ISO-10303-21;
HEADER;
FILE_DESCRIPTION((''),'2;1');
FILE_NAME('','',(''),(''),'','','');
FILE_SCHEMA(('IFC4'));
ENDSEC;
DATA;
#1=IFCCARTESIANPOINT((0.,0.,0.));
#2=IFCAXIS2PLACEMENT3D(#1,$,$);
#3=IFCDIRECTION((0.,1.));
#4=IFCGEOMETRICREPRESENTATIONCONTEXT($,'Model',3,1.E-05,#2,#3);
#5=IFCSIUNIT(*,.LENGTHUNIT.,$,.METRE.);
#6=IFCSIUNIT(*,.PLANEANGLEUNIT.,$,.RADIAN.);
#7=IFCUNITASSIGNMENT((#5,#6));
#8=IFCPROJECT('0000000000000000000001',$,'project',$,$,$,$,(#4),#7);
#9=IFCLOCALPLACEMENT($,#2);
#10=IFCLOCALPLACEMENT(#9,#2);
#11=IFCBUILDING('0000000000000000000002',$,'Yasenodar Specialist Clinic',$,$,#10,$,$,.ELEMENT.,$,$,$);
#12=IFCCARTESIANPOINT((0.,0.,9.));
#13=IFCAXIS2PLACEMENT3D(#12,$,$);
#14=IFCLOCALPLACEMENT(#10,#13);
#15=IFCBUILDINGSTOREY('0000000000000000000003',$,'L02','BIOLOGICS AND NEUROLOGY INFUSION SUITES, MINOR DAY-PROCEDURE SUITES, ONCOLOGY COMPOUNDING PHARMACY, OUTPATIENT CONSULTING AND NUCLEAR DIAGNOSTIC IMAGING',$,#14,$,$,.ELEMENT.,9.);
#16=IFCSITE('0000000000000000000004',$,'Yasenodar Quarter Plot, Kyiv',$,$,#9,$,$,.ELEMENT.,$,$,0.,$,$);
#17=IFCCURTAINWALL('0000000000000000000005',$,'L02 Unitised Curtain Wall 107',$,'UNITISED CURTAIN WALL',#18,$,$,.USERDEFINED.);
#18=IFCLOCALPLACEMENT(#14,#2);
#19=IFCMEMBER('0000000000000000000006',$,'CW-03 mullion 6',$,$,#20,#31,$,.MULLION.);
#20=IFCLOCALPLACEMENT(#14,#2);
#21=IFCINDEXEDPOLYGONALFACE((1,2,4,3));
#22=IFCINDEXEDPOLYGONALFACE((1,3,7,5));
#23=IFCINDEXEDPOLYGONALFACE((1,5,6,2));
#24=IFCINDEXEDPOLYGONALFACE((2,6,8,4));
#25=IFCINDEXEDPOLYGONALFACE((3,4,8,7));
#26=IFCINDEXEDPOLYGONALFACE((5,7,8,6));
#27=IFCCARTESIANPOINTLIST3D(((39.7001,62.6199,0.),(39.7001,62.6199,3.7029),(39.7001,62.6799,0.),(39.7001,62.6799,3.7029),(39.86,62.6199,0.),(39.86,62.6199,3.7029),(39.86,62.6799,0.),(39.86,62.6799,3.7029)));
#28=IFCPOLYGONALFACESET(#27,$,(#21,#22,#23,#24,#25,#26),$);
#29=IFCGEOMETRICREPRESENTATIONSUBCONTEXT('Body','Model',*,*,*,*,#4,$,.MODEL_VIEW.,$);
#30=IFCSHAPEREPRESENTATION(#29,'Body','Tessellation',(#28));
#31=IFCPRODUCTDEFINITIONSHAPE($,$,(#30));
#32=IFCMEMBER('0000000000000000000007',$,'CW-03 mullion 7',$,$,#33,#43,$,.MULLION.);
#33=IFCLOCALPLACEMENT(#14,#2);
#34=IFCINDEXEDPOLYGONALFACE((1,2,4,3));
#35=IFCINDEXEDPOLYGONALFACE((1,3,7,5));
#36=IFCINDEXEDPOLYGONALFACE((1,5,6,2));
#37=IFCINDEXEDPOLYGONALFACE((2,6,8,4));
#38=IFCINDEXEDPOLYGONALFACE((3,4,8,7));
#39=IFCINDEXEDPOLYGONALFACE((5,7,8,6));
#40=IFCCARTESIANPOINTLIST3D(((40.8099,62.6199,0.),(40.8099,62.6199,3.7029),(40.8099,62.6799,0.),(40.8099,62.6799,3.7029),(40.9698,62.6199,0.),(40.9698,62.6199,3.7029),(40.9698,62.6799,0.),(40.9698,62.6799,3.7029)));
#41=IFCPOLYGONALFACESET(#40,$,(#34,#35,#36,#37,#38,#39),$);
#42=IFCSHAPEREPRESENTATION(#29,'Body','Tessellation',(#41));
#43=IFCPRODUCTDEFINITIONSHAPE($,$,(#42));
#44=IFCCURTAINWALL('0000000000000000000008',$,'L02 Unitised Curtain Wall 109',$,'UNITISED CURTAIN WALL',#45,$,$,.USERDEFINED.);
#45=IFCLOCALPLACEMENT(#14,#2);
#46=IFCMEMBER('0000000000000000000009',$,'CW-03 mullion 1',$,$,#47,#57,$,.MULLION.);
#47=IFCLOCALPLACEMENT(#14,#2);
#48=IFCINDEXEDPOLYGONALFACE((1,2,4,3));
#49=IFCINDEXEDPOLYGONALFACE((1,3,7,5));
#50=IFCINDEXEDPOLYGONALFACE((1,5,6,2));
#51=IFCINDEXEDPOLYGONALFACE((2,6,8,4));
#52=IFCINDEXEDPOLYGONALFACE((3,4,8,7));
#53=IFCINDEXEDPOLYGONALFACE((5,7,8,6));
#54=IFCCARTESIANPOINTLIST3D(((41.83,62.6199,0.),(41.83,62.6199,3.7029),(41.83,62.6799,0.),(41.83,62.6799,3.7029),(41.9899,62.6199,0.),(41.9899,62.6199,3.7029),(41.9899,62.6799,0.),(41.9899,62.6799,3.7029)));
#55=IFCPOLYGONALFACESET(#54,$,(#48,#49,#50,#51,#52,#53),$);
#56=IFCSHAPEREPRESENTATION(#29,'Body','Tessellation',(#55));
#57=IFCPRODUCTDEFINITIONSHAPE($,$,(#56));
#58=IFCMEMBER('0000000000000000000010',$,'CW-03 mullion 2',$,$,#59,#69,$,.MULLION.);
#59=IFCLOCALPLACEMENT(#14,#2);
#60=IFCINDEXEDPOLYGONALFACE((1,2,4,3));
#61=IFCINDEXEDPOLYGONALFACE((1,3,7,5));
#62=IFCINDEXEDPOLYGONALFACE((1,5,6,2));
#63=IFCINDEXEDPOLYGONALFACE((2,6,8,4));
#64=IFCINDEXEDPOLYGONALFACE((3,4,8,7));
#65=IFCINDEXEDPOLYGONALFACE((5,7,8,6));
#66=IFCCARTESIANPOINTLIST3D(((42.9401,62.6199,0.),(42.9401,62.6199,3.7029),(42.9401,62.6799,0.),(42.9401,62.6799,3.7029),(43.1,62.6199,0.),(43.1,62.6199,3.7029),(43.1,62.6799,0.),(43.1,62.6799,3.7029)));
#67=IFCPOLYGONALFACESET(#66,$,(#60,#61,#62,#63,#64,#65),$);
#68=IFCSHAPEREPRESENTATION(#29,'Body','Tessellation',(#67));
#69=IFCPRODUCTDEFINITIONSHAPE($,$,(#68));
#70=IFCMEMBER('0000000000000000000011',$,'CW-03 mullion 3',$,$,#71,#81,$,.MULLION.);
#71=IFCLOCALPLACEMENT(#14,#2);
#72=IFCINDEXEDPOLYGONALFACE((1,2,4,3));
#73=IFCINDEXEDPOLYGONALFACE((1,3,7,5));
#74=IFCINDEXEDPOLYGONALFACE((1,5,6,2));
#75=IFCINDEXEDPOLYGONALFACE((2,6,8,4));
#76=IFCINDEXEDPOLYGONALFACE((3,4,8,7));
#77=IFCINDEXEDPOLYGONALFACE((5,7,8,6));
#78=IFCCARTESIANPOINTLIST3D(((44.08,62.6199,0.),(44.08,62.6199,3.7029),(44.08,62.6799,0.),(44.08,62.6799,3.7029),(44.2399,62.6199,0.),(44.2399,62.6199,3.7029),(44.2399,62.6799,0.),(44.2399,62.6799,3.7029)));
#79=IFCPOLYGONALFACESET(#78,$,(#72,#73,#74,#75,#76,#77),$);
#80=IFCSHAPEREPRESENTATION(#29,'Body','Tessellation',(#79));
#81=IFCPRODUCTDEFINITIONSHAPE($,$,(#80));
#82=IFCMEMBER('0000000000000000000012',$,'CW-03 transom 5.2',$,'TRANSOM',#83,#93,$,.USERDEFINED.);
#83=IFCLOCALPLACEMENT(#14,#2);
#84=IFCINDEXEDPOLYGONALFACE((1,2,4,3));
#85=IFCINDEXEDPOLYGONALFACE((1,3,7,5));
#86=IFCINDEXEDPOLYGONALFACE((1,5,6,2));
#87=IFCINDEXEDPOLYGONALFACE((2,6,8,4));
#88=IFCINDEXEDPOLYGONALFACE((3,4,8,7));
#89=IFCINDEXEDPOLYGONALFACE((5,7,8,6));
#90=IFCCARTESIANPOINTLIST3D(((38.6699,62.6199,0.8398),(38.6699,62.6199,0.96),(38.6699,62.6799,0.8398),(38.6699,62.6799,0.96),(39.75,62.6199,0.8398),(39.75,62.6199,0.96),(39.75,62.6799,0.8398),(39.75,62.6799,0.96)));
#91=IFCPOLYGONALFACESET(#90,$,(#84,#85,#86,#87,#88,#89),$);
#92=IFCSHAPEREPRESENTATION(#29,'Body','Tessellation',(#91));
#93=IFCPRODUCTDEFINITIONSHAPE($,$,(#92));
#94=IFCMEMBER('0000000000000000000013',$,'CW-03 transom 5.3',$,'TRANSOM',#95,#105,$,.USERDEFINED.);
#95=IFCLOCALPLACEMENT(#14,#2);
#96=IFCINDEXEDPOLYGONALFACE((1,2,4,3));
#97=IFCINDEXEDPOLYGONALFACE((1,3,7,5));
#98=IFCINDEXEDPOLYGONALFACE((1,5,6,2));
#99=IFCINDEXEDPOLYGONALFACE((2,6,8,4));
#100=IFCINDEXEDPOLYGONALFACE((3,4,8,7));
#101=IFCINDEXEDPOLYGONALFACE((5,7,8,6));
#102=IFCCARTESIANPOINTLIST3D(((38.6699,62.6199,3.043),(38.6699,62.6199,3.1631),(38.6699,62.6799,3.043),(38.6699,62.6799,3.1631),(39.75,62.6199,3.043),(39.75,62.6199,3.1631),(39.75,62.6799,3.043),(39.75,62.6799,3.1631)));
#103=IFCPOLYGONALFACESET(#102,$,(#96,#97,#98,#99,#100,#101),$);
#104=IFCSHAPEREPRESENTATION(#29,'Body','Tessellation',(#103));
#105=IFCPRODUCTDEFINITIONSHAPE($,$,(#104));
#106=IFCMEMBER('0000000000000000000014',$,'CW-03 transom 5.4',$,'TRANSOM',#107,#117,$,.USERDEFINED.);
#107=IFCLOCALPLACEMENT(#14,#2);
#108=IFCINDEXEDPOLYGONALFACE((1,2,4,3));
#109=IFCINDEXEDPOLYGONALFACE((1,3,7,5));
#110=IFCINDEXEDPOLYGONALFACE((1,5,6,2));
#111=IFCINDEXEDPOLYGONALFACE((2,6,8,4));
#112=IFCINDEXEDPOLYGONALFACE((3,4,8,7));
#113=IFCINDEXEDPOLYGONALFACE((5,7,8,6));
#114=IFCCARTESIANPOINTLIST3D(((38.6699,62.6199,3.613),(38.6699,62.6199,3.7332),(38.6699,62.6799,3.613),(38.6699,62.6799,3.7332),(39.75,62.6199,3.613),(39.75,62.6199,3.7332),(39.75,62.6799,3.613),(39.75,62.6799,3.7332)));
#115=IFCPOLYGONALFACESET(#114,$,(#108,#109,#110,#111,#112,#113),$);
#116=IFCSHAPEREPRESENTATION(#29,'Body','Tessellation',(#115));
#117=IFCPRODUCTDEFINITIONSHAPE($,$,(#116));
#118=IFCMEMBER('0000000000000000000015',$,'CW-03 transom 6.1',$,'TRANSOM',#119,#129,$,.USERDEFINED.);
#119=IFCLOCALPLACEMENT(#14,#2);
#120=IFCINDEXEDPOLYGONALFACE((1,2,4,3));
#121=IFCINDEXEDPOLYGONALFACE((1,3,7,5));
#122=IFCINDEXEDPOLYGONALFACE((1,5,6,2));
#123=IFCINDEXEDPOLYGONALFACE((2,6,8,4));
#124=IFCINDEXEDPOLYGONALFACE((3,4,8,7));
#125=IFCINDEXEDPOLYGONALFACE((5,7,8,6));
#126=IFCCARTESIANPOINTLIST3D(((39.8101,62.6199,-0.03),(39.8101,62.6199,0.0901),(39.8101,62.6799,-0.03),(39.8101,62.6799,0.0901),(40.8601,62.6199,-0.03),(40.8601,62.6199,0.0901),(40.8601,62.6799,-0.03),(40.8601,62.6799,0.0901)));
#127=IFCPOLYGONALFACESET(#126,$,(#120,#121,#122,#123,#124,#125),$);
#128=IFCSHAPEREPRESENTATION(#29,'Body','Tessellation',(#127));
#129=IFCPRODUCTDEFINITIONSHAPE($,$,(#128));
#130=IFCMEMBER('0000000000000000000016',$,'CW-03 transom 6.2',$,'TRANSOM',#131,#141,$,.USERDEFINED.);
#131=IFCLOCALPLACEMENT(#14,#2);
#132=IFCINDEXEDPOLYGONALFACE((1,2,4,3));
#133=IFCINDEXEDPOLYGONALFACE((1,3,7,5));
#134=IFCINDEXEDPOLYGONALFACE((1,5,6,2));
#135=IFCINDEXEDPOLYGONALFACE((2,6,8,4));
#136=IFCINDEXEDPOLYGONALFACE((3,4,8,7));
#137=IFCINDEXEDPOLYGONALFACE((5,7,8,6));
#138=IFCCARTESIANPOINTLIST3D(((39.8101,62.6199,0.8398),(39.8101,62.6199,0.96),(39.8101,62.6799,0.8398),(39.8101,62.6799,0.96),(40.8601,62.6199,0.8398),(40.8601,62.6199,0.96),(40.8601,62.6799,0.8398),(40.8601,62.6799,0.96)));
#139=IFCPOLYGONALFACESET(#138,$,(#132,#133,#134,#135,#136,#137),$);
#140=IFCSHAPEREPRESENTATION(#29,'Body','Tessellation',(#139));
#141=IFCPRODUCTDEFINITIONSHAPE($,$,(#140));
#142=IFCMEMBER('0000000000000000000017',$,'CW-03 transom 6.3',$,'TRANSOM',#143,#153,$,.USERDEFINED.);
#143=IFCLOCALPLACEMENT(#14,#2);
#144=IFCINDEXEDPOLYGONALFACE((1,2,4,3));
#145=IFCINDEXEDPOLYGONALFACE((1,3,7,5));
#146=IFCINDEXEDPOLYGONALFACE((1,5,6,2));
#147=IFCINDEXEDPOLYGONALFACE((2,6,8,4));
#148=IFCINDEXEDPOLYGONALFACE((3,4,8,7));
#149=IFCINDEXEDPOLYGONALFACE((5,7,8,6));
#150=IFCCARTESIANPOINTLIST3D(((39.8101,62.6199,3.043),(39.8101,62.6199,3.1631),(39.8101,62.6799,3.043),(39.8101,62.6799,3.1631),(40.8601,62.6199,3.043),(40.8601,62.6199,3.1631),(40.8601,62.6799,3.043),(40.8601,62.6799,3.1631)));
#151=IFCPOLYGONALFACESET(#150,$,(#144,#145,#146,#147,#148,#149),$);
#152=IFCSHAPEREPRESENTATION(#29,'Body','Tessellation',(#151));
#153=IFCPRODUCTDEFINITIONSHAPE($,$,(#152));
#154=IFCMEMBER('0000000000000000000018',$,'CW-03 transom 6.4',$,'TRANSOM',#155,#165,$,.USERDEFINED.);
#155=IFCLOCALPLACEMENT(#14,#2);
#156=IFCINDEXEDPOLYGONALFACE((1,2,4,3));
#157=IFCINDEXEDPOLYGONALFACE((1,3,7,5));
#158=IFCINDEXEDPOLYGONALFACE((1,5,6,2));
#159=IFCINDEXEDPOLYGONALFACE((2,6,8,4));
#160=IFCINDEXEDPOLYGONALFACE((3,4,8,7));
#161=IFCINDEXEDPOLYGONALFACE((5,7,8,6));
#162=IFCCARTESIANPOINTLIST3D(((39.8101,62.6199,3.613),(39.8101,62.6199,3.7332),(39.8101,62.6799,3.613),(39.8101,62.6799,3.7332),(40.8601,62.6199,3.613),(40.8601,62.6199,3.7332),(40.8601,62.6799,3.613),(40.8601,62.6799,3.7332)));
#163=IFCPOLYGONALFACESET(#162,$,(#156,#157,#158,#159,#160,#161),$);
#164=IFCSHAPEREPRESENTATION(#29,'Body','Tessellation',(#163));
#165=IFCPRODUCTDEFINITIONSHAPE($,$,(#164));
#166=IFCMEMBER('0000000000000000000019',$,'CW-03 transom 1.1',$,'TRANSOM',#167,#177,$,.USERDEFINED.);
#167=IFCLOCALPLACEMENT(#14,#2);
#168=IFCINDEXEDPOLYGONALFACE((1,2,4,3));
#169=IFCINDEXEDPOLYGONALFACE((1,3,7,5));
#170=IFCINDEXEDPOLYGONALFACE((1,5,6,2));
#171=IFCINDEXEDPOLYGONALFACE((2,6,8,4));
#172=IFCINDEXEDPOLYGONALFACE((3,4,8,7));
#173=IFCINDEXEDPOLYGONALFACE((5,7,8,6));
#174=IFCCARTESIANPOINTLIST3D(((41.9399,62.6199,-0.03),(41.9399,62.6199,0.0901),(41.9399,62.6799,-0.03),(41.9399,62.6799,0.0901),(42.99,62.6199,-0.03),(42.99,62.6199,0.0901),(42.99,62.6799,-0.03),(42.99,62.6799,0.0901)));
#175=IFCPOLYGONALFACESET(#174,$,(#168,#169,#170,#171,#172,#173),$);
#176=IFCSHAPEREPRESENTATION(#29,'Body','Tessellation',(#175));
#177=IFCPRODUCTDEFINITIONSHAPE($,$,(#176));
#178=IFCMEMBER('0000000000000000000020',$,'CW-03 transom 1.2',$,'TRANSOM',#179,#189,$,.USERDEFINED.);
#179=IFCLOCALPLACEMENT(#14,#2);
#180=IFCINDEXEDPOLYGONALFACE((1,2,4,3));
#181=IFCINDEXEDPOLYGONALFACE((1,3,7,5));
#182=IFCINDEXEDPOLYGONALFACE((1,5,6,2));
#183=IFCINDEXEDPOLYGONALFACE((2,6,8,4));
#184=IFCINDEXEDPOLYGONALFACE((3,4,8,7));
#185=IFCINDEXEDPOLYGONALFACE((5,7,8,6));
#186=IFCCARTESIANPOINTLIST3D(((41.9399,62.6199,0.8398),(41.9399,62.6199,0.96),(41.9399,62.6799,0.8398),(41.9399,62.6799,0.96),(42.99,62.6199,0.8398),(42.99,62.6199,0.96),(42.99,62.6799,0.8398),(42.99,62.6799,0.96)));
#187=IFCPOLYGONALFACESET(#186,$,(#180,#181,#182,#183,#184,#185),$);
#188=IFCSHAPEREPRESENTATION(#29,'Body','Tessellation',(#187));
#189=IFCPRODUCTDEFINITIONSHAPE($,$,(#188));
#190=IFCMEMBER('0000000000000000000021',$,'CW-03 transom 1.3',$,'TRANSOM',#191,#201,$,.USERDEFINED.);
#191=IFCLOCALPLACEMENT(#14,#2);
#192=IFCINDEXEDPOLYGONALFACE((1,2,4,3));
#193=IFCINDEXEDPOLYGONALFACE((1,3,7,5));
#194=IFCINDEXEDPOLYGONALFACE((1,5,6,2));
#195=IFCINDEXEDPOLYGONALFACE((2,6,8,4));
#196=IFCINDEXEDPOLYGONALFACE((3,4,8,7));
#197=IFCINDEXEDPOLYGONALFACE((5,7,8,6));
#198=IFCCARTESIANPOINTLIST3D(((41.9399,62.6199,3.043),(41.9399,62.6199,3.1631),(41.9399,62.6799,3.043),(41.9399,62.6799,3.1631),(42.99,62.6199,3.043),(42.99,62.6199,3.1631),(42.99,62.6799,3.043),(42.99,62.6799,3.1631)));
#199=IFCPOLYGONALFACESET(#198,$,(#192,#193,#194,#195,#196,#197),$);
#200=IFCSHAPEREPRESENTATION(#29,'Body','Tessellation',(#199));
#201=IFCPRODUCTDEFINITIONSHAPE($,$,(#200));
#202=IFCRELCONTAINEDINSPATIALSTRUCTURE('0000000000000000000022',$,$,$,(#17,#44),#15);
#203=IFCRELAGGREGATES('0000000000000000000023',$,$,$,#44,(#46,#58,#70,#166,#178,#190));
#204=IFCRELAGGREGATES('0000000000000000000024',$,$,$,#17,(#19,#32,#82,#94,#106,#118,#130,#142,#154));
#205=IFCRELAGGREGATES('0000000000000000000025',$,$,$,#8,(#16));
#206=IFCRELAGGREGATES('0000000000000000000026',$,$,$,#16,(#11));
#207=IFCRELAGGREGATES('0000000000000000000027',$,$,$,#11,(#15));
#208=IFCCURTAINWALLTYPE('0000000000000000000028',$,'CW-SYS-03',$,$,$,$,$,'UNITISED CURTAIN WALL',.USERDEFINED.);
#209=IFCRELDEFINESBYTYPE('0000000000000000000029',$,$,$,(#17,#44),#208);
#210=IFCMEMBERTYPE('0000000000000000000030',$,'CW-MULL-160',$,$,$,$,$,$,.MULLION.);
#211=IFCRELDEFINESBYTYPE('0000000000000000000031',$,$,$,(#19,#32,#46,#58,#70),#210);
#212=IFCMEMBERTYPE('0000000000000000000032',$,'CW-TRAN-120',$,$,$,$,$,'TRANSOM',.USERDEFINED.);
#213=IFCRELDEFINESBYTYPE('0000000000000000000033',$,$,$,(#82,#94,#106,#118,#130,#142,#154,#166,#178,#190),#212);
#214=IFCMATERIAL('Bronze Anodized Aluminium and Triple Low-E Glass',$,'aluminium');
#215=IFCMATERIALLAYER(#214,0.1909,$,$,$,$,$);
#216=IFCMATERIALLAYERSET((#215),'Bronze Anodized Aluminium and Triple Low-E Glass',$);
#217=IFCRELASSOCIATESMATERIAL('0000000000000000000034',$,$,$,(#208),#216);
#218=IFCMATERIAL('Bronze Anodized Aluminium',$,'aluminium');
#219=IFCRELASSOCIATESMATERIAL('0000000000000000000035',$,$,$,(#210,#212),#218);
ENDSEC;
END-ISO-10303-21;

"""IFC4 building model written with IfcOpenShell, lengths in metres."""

from ifc_helpers import new_model, si_unit, direction, frame, origin, origin_2d, place, context, subcontext, project, spatial, rectangle, extrude, material, layer, layer_set, material_profile, profile_set, type_object, element, aggregate, save


model = new_model("IFC4")

# Units and contexts
model_context = context("Model", 3, precision=1e-05, world=origin(), true_north=direction((0.0, 1.0)))
body_context = subcontext(model_context, "Body", "Model", "MODEL_VIEW")
ifc_project = project(units=[si_unit("LENGTHUNIT", "METRE"), si_unit("PLANEANGLEUNIT", "RADIAN")], contexts=[model_context])

# Site, building, storey
site_placement = place(None, origin())
site = spatial("IfcSite", under=ifc_project, at=site_placement, Name="Yasenodar Quarter Plot, Kyiv", CompositionType="ELEMENT", RefElevation=0.0)
building_placement = place(site_placement, origin())
building = spatial("IfcBuilding", under=site, at=building_placement, Name="Yasenodar Specialist Clinic", CompositionType="ELEMENT")
storey_placement = place(building_placement, frame((0.0, 0.0, 9.0)))
storey = spatial("IfcBuildingStorey", under=building, at=storey_placement, Name="L02", Description="BIOLOGICS AND NEUROLOGY INFUSION SUITES, MINOR DAY-PROCEDURE SUITES, ONCOLOGY COMPOUNDING PHARMACY, OUTPATIENT CONSULTING AND NUCLEAR DIAGNOSTIC IMAGING", CompositionType="ELEMENT", Elevation=9.0)

# Curtain walls, members
ifc_material_1 = material(Name="Bronze Anodized Aluminium and Triple Low-E Glass", Category="aluminium")
ifc_layer_1 = layer(ifc_material_1, 0.1909)
ifc_layer_set_1 = layer_set([ifc_layer_1], Name="Bronze Anodized Aluminium and Triple Low-E Glass")
curtain_wall_type = type_object("IfcCurtainWallType", Name="CW-SYS-03", ElementType="UNITISED CURTAIN WALL", PredefinedType="USERDEFINED", material=ifc_layer_set_1)
curtain_wall_1_placement = place(storey_placement, origin())
curtain_wall_1 = element("IfcCurtainWall", 1, at=curtain_wall_1_placement, inside=storey, type_object=curtain_wall_type, Name="L02 Unitised Curtain Wall 107", ObjectType="UNITISED CURTAIN WALL", PredefinedType="USERDEFINED")
ifc_material_2 = material(Name="Bronze Anodized Aluminium", Category="aluminium")
ifc_material_profile_1 = material_profile(ifc_material_2, rectangle(XDim=0.0601, YDim=0.1599, at=origin_2d()), Name="CW-MULL 60x160")
ifc_profile_set_1 = profile_set([ifc_material_profile_1], Name="Bronze Anodized Aluminium")
member_type_1 = type_object("IfcMemberType", Name="CW-MULL-160", PredefinedType="MULLION", material=ifc_profile_set_1)
member_1_placement = place(storey_placement, frame((39.78, 62.6499, 0.0), z_axis=(0.0, 0.0, 1.0), x_axis=(0.0, 1.0, 0.0)))
member_1 = element("IfcMember", 2, at=member_1_placement, type_object=member_type_1, Name="CW-03 mullion 6", PredefinedType="MULLION", context=body_context, shape_type="SweptSolid", body=[
    extrude(rectangle(XDim=0.0601, YDim=0.1599, at=origin_2d()), origin(), (0.0, 0.0, 1.0), 3.7029),
])
member_2_placement = place(storey_placement, frame((40.8899, 62.6499, 0.0), z_axis=(0.0, 0.0, 1.0), x_axis=(0.0, 1.0, 0.0)))
member_2 = element("IfcMember", 3, at=member_2_placement, type_object=member_type_1, Name="CW-03 mullion 7", PredefinedType="MULLION", context=body_context, shape_type="SweptSolid", body=[
    extrude(rectangle(XDim=0.0601, YDim=0.1599, at=origin_2d()), origin(), (0.0, 0.0, 1.0), 3.7029),
])
curtain_wall_2_placement = place(storey_placement, origin())
curtain_wall_2 = element("IfcCurtainWall", 4, at=curtain_wall_2_placement, inside=storey, type_object=curtain_wall_type, Name="L02 Unitised Curtain Wall 109", ObjectType="UNITISED CURTAIN WALL", PredefinedType="USERDEFINED")
member_3_placement = place(storey_placement, frame((41.9099, 62.6499, 0.0), z_axis=(0.0, 0.0, 1.0), x_axis=(0.0, 1.0, 0.0)))
member_3 = element("IfcMember", 5, at=member_3_placement, type_object=member_type_1, Name="CW-03 mullion 1", PredefinedType="MULLION", context=body_context, shape_type="SweptSolid", body=[
    extrude(rectangle(XDim=0.0601, YDim=0.1599, at=origin_2d()), origin(), (0.0, 0.0, 1.0), 3.7029),
])
member_4_placement = place(storey_placement, frame((43.02, 62.6499, 0.0), z_axis=(0.0, 0.0, 1.0), x_axis=(0.0, 1.0, 0.0)))
member_4 = element("IfcMember", 6, at=member_4_placement, type_object=member_type_1, Name="CW-03 mullion 2", PredefinedType="MULLION", context=body_context, shape_type="SweptSolid", body=[
    extrude(rectangle(XDim=0.0601, YDim=0.1599, at=origin_2d()), origin(), (0.0, 0.0, 1.0), 3.7029),
])
member_5_placement = place(storey_placement, frame((44.1599, 62.6499, 0.0), z_axis=(0.0, 0.0, 1.0), x_axis=(0.0, 1.0, 0.0)))
member_5 = element("IfcMember", 7, at=member_5_placement, type_object=member_type_1, Name="CW-03 mullion 3", PredefinedType="MULLION", context=body_context, shape_type="SweptSolid", body=[
    extrude(rectangle(XDim=0.0601, YDim=0.1599, at=origin_2d()), origin(), (0.0, 0.0, 1.0), 3.7029),
])

# Members
ifc_material_profile_2 = material_profile(ifc_material_2, rectangle(XDim=0.0601, YDim=0.1201, at=origin_2d()), Name="CW-TRAN 60x120")
ifc_profile_set_2 = profile_set([ifc_material_profile_2], Name="Bronze Anodized Aluminium")
member_type_2 = type_object("IfcMemberType", Name="CW-TRAN-120", ElementType="TRANSOM", PredefinedType="USERDEFINED", material=ifc_profile_set_2)
member_6_placement = place(storey_placement, frame((38.6699, 62.6499, 0.8999), z_axis=(1.0, 0.0, 0.0), x_axis=(0.0, 1.0, 0.0)))
member_6 = element("IfcMember", 8, at=member_6_placement, type_object=member_type_2, Name="CW-03 transom 5.2", ObjectType="TRANSOM", PredefinedType="USERDEFINED", context=body_context, shape_type="SweptSolid", body=[
    extrude(rectangle(XDim=0.0601, YDim=0.1201, at=origin_2d()), origin(), (0.0, 0.0, 1.0), 1.0801),
])
member_7_placement = place(storey_placement, frame((38.6699, 62.6499, 3.103), z_axis=(1.0, 0.0, 0.0), x_axis=(0.0, 1.0, 0.0)))
member_7 = element("IfcMember", 9, at=member_7_placement, type_object=member_type_2, Name="CW-03 transom 5.3", ObjectType="TRANSOM", PredefinedType="USERDEFINED", context=body_context, shape_type="SweptSolid", body=[
    extrude(rectangle(XDim=0.0601, YDim=0.1201, at=origin_2d()), origin(), (0.0, 0.0, 1.0), 1.0801),
])
member_8_placement = place(storey_placement, frame((38.6699, 62.6499, 3.6731), z_axis=(1.0, 0.0, 0.0), x_axis=(0.0, 1.0, 0.0)))
member_8 = element("IfcMember", 10, at=member_8_placement, type_object=member_type_2, Name="CW-03 transom 5.4", ObjectType="TRANSOM", PredefinedType="USERDEFINED", context=body_context, shape_type="SweptSolid", body=[
    extrude(rectangle(XDim=0.0601, YDim=0.1201, at=origin_2d()), origin(), (0.0, 0.0, 1.0), 1.0801),
])
member_9_placement = place(storey_placement, frame((39.8101, 62.6499, 0.03), z_axis=(1.0, 0.0, 0.0), x_axis=(0.0, 1.0, 0.0)))
member_9 = element("IfcMember", 11, at=member_9_placement, type_object=member_type_2, Name="CW-03 transom 6.1", ObjectType="TRANSOM", PredefinedType="USERDEFINED", context=body_context, shape_type="SweptSolid", body=[
    extrude(rectangle(XDim=0.0601, YDim=0.1201, at=origin_2d()), origin(), (0.0, 0.0, 1.0), 1.05),
])
member_10_placement = place(storey_placement, frame((39.8101, 62.6499, 0.8999), z_axis=(1.0, 0.0, 0.0), x_axis=(0.0, 1.0, 0.0)))
member_10 = element("IfcMember", 12, at=member_10_placement, type_object=member_type_2, Name="CW-03 transom 6.2", ObjectType="TRANSOM", PredefinedType="USERDEFINED", context=body_context, shape_type="SweptSolid", body=[
    extrude(rectangle(XDim=0.0601, YDim=0.1201, at=origin_2d()), origin(), (0.0, 0.0, 1.0), 1.05),
])
member_11_placement = place(storey_placement, frame((39.8101, 62.6499, 3.103), z_axis=(1.0, 0.0, 0.0), x_axis=(0.0, 1.0, 0.0)))
member_11 = element("IfcMember", 13, at=member_11_placement, type_object=member_type_2, Name="CW-03 transom 6.3", ObjectType="TRANSOM", PredefinedType="USERDEFINED", context=body_context, shape_type="SweptSolid", body=[
    extrude(rectangle(XDim=0.0601, YDim=0.1201, at=origin_2d()), origin(), (0.0, 0.0, 1.0), 1.05),
])
member_12_placement = place(storey_placement, frame((39.8101, 62.6499, 3.6731), z_axis=(1.0, 0.0, 0.0), x_axis=(0.0, 1.0, 0.0)))
member_12 = element("IfcMember", 14, at=member_12_placement, type_object=member_type_2, Name="CW-03 transom 6.4", ObjectType="TRANSOM", PredefinedType="USERDEFINED", context=body_context, shape_type="SweptSolid", body=[
    extrude(rectangle(XDim=0.0601, YDim=0.1201, at=origin_2d()), origin(), (0.0, 0.0, 1.0), 1.05),
])
member_13_placement = place(storey_placement, frame((41.9399, 62.6499, 0.03), z_axis=(1.0, 0.0, 0.0), x_axis=(0.0, 1.0, 0.0)))
member_13 = element("IfcMember", 15, at=member_13_placement, type_object=member_type_2, Name="CW-03 transom 1.1", ObjectType="TRANSOM", PredefinedType="USERDEFINED", context=body_context, shape_type="SweptSolid", body=[
    extrude(rectangle(XDim=0.0601, YDim=0.1201, at=origin_2d()), origin(), (0.0, 0.0, 1.0), 1.05),
])
member_14_placement = place(storey_placement, frame((41.9399, 62.6499, 0.8999), z_axis=(1.0, 0.0, 0.0), x_axis=(0.0, 1.0, 0.0)))
member_14 = element("IfcMember", 16, at=member_14_placement, type_object=member_type_2, Name="CW-03 transom 1.2", ObjectType="TRANSOM", PredefinedType="USERDEFINED", context=body_context, shape_type="SweptSolid", body=[
    extrude(rectangle(XDim=0.0601, YDim=0.1201, at=origin_2d()), origin(), (0.0, 0.0, 1.0), 1.05),
])
member_15_placement = place(storey_placement, frame((41.9399, 62.6499, 3.103), z_axis=(1.0, 0.0, 0.0), x_axis=(0.0, 1.0, 0.0)))
member_15 = element("IfcMember", 17, at=member_15_placement, type_object=member_type_2, Name="CW-03 transom 1.3", ObjectType="TRANSOM", PredefinedType="USERDEFINED", context=body_context, shape_type="SweptSolid", body=[
    extrude(rectangle(XDim=0.0601, YDim=0.1201, at=origin_2d()), origin(), (0.0, 0.0, 1.0), 1.05),
])

aggregate(curtain_wall_2, [member_3, member_4, member_5, member_13, member_14, member_15])
aggregate(curtain_wall_1, [member_1, member_2, member_6, member_7, member_8, member_9, member_10, member_11, member_12])

save(model, "model.ifc")
